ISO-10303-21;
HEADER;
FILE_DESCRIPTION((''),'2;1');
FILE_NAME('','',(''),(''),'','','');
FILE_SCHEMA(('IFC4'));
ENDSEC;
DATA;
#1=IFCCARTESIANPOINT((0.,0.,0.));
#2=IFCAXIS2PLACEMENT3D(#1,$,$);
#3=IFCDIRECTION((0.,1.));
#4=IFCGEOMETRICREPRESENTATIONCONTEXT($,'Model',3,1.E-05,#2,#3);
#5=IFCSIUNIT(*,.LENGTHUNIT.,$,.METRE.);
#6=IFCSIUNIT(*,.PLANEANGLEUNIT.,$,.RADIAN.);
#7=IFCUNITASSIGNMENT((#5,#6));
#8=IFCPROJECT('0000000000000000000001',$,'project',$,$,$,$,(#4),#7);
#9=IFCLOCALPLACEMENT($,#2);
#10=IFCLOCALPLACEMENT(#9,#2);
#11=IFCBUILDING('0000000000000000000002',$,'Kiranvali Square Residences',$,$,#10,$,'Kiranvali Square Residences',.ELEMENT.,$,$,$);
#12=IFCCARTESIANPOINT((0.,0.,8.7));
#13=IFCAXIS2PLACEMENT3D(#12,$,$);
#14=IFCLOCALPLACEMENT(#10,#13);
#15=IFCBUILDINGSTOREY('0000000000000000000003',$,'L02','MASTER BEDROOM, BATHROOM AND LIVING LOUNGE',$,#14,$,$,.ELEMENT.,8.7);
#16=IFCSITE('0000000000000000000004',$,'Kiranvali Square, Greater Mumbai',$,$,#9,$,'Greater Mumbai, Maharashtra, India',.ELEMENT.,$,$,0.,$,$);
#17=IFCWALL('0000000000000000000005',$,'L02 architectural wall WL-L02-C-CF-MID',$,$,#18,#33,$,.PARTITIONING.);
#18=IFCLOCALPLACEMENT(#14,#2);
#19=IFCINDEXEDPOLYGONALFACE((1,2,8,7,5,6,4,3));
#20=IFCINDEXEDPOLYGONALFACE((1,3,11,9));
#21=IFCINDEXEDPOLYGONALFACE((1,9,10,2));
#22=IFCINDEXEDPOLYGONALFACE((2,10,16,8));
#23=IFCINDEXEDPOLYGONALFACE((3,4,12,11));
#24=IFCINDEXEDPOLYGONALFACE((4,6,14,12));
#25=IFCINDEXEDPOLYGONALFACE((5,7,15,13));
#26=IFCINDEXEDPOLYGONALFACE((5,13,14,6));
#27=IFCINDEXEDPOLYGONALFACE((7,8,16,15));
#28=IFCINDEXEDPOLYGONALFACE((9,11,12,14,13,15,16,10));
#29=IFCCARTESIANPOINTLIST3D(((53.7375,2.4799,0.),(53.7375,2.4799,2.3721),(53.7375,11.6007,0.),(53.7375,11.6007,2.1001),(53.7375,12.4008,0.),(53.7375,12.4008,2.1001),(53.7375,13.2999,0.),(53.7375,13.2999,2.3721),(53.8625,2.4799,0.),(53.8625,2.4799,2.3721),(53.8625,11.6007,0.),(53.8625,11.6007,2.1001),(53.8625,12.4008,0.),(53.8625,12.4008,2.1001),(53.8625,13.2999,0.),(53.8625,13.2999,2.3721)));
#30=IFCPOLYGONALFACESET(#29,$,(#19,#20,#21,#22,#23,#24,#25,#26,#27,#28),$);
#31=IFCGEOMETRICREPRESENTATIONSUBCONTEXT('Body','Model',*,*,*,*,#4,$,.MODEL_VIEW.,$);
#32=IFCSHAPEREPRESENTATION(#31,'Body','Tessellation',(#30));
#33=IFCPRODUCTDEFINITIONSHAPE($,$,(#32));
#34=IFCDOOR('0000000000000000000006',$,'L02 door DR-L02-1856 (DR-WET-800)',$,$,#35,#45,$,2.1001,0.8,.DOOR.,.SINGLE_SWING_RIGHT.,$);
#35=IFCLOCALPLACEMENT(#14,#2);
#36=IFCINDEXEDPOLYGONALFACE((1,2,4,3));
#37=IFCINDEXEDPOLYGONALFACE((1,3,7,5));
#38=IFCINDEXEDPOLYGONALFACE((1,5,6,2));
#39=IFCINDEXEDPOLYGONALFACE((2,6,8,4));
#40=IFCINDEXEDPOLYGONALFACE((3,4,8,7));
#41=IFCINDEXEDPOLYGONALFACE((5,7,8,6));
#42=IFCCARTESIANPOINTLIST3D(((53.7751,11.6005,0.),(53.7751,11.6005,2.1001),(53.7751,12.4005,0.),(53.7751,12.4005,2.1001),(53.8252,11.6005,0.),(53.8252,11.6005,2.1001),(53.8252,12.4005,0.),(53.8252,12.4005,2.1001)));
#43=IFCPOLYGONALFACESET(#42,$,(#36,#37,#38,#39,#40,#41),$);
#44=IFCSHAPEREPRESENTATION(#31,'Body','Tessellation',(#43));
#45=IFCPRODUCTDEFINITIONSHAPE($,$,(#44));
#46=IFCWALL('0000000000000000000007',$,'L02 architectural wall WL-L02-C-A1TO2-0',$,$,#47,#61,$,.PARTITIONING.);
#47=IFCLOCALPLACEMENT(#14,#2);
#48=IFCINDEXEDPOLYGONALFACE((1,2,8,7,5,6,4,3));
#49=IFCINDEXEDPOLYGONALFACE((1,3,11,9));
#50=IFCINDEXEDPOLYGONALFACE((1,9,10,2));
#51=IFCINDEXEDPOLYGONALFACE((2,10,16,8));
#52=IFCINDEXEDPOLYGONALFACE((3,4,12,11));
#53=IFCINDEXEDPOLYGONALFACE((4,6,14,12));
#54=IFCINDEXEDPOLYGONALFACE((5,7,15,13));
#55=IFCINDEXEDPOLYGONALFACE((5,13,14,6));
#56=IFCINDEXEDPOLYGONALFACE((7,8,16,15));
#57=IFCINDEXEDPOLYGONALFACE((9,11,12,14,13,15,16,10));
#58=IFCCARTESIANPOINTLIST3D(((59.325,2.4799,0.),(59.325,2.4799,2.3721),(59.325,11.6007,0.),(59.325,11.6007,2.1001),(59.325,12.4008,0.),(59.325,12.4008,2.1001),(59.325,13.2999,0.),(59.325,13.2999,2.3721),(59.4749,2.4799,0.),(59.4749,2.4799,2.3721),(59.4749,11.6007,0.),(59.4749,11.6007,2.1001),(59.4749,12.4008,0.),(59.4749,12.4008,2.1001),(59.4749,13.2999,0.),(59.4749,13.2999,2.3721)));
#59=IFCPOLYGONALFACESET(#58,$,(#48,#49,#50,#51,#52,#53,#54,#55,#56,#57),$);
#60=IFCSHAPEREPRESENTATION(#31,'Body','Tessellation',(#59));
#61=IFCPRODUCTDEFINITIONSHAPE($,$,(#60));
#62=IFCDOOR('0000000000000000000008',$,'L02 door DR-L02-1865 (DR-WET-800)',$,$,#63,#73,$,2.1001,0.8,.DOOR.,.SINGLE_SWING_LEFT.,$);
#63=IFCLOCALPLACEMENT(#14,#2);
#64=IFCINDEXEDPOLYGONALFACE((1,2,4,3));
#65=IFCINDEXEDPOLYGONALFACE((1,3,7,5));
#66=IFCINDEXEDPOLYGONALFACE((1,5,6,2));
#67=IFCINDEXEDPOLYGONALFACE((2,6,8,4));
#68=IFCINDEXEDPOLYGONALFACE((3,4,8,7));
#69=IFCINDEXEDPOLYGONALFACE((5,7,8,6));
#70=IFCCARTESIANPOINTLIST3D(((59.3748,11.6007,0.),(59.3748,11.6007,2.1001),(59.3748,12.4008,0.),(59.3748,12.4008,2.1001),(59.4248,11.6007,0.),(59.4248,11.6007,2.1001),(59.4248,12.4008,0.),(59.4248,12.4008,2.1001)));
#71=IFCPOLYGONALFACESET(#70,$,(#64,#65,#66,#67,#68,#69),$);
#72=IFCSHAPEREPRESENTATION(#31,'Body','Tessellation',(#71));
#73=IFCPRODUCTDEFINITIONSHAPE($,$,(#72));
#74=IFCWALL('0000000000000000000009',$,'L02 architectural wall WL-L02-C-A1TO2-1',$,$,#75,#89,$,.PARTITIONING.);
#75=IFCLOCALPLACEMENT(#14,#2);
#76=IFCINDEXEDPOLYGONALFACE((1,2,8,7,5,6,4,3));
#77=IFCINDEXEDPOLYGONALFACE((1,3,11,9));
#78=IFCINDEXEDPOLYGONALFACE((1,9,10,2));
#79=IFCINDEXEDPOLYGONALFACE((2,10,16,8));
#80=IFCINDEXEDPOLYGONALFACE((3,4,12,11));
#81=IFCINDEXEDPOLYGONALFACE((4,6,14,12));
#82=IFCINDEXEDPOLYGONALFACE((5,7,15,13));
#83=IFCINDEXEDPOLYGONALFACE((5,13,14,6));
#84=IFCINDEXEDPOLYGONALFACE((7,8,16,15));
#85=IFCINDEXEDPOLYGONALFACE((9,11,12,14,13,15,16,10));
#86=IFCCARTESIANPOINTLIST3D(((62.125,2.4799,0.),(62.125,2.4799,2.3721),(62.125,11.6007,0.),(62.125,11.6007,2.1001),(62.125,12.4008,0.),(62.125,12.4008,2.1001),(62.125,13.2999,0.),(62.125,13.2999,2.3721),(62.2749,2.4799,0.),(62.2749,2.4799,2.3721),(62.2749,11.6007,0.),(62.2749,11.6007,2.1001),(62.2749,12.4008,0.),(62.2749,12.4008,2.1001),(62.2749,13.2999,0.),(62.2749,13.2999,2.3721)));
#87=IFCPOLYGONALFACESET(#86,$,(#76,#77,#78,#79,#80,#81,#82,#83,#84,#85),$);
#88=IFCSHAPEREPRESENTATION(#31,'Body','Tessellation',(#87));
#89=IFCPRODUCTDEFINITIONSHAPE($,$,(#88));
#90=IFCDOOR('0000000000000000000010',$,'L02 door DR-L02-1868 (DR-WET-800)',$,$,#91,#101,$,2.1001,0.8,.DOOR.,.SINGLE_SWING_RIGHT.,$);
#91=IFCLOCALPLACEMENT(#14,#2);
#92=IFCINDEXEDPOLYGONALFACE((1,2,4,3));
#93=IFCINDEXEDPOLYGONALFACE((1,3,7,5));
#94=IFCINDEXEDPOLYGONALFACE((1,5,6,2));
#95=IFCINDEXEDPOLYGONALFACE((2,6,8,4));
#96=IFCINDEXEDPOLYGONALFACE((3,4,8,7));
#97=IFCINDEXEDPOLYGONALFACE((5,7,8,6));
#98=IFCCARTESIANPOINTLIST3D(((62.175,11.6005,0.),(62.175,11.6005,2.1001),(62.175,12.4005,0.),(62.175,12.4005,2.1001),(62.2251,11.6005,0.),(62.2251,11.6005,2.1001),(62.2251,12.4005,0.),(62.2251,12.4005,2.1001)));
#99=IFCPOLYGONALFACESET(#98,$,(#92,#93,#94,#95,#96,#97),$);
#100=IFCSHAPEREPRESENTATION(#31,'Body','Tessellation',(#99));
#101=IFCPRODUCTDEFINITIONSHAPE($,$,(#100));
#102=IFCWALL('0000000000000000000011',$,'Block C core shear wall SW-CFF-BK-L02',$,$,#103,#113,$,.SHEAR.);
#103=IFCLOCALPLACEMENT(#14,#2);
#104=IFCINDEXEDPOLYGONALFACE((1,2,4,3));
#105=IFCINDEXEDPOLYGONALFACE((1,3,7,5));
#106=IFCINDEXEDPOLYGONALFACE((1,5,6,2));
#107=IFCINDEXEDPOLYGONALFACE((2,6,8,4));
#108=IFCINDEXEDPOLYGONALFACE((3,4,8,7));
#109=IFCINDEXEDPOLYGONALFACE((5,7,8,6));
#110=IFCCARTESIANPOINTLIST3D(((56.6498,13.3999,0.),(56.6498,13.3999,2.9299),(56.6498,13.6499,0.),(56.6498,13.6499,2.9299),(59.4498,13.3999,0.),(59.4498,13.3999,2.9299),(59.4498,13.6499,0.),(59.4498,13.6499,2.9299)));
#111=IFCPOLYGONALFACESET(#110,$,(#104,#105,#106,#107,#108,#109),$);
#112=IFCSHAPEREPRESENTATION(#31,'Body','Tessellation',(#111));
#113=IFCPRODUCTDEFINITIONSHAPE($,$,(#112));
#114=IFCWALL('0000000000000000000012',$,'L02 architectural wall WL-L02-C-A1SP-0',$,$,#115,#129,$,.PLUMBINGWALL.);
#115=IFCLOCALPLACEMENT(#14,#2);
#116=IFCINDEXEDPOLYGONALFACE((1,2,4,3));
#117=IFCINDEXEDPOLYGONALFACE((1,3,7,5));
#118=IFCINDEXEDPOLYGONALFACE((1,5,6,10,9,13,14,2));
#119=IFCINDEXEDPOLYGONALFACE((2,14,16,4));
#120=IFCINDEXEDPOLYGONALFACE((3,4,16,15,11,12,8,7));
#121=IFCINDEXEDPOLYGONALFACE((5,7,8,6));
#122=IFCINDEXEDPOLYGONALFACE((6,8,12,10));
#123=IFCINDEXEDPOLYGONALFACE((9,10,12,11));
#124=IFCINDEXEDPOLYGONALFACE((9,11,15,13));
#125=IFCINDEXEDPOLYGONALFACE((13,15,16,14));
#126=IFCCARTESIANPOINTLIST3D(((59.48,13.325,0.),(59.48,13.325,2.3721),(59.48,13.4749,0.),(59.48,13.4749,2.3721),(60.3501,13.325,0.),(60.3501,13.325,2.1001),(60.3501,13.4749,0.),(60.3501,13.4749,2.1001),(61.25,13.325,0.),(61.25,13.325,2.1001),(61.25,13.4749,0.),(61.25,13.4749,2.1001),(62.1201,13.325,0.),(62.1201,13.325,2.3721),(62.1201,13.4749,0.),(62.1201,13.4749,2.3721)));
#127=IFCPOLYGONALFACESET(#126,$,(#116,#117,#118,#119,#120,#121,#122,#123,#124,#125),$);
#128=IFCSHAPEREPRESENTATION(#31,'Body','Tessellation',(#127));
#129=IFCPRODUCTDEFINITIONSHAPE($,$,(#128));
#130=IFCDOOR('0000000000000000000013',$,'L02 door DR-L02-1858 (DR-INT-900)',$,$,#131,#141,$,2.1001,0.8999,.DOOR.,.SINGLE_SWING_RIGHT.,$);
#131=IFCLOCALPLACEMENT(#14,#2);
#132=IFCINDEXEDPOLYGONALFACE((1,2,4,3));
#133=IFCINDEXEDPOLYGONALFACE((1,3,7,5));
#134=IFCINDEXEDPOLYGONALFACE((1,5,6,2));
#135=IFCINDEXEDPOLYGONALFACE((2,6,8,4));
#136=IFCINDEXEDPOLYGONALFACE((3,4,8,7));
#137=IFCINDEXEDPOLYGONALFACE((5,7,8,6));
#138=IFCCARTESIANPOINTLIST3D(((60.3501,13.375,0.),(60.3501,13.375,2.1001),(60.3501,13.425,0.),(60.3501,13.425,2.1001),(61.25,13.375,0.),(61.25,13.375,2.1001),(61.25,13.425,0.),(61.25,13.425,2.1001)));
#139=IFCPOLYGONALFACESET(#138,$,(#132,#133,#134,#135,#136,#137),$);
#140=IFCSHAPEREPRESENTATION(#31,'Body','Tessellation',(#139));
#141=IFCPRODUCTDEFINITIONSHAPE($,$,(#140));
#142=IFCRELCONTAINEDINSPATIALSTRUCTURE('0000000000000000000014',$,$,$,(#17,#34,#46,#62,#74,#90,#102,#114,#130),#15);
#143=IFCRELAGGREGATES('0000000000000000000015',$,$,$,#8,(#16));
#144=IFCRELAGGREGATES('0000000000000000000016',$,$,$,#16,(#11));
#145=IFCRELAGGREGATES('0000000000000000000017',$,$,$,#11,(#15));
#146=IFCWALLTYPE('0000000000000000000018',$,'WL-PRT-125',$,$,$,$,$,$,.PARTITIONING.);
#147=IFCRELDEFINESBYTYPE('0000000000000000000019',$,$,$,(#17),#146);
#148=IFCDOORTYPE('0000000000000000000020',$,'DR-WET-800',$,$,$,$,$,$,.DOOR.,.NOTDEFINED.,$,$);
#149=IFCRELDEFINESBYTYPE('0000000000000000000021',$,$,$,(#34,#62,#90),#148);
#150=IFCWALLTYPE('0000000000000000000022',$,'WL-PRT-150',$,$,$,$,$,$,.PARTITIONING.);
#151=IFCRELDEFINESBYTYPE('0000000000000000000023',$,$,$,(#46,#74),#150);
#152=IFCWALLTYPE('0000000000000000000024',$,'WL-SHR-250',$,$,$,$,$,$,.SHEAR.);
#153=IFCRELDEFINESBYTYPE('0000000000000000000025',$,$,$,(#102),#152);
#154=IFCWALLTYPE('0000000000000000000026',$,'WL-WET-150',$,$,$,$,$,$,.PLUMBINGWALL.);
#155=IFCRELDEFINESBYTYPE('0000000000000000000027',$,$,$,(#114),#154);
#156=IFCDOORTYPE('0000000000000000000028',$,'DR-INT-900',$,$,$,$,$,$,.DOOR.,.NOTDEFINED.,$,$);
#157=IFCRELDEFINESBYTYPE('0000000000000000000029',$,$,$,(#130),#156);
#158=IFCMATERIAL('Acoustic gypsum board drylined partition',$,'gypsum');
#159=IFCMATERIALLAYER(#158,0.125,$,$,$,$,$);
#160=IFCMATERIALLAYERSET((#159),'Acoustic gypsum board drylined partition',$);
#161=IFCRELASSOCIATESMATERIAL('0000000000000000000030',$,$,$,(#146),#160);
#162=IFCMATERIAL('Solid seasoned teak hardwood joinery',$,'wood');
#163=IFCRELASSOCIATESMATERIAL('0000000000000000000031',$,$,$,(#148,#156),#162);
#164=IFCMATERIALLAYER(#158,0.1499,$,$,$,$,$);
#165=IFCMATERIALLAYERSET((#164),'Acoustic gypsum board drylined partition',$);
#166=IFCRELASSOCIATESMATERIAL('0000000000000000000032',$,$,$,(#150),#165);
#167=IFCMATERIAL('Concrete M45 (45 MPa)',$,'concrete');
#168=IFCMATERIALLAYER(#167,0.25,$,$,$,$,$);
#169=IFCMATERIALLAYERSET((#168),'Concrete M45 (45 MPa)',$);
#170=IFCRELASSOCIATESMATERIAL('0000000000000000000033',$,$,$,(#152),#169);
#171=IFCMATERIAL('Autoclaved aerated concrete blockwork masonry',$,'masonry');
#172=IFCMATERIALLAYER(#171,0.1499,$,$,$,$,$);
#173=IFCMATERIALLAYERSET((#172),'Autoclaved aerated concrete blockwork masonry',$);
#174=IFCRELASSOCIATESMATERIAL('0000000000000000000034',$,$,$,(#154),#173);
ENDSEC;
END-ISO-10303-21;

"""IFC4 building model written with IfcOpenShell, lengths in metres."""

from ifc_helpers import new_model, si_unit, direction, frame, frame_2d, origin, place, context, subcontext, project, spatial, rectangle, extrude, material, layer, layer_set, type_object, element, fill, save


model = new_model("IFC4")

# Units and contexts
model_context = context("Model", 3, precision=1e-05, world=origin(), true_north=direction((0.0, 1.0)))
body_context = subcontext(model_context, "Body", "Model", "MODEL_VIEW")
ifc_project = project(units=[si_unit("LENGTHUNIT", "METRE"), si_unit("PLANEANGLEUNIT", "RADIAN")], contexts=[model_context])

# Site, building, storey
site_placement = place(None, origin())
site = spatial("IfcSite", under=ifc_project, at=site_placement, Name="Kiranvali Square, Greater Mumbai", LongName="Greater Mumbai, Maharashtra, India", CompositionType="ELEMENT", RefElevation=0.0)
building_placement = place(site_placement, origin())
building = spatial("IfcBuilding", under=site, at=building_placement, Name="Kiranvali Square Residences", LongName="Kiranvali Square Residences", CompositionType="ELEMENT")
storey_placement = place(building_placement, frame((0.0, 0.0, 8.7)))
storey = spatial("IfcBuildingStorey", under=building, at=storey_placement, Name="L02", Description="MASTER BEDROOM, BATHROOM AND LIVING LOUNGE", CompositionType="ELEMENT", Elevation=8.7)

# Shared definitions
ifc_material_1 = material(Name="Concrete M45 (45 MPa)", Category="concrete")

# Walls, openings, doors
ifc_material_2 = material(Name="Acoustic gypsum board drylined partition", Category="gypsum")
ifc_layer_1 = layer(ifc_material_2, 0.125)
ifc_layer_set_1 = layer_set([ifc_layer_1], Name="Acoustic gypsum board drylined partition")
wall_type_1 = type_object("IfcWallType", Name="WL-PRT-125", PredefinedType="PARTITIONING", material=ifc_layer_set_1)
wall_1_placement = place(storey_placement, frame((53.8, 13.3, 0.0), z_axis=(0.0, 0.0, 1.0), x_axis=(0.0, -1.0, 0.0)))
wall_1 = element("IfcWall", 1, at=wall_1_placement, inside=storey, type_object=wall_type_1, Name="L02 architectural wall WL-L02-C-CF-MID", PredefinedType="PARTITIONING", context=body_context, shape_type="SweptSolid", body=[
    extrude(rectangle(XDim=10.8201, YDim=0.125, at=frame_2d((5.4102, 0.0))), origin(), (0.0, 0.0, 1.0), 2.3721),
])
opening_1_placement = place(wall_1_placement, frame((0.8994, 0.0, 0.0)))
opening_1 = element("IfcOpeningElement", 2, at=opening_1_placement, cuts=wall_1, PredefinedType="OPENING", context=body_context, shape_type="SweptSolid", body=[
    extrude(rectangle(XDim=0.8, YDim=2.1001, at=frame_2d((0.3999, 1.05))), frame((0.0, 0.0725, 0.0), z_axis=(0.0, -1.0, 0.0), x_axis=(1.0, 0.0, 0.0)), (0.0, 0.0, 1.0), 0.145),
])
ifc_material_3 = material(Name="Solid seasoned teak hardwood joinery", Category="wood")
door_type_1 = type_object("IfcDoorType", Name="DR-WET-800", OperationType="NOTDEFINED", PredefinedType="DOOR", material=ifc_material_3)
door_1_placement = place(opening_1_placement, frame((0.8, 0.0, 0.0), z_axis=(0.0, 0.0, 1.0), x_axis=(-1.0, 0.0, 0.0)))
door_1 = element("IfcDoor", 3, at=door_1_placement, inside=storey, type_object=door_type_1, Name="L02 door DR-L02-1856 (DR-WET-800)", OperationType="SINGLE_SWING_RIGHT", OverallHeight=2.1001, OverallWidth=0.8, PredefinedType="DOOR", context=body_context, shape_type="SweptSolid", body=[
    extrude(rectangle(XDim=0.8, YDim=2.1001, at=frame_2d((0.3999, 1.05))), frame((0.0, 0.0249, 0.0), z_axis=(0.0, -1.0, 0.0), x_axis=(1.0, 0.0, 0.0)), (0.0, 0.0, 1.0), 0.05),
])
fill(opening_1, door_1)
ifc_layer_2 = layer(ifc_material_2, 0.1499)
ifc_layer_set_2 = layer_set([ifc_layer_2], Name="Acoustic gypsum board drylined partition")
wall_type_2 = type_object("IfcWallType", Name="WL-PRT-150", PredefinedType="PARTITIONING", material=ifc_layer_set_2)
wall_2_placement = place(storey_placement, frame((59.3999, 13.3, 0.0), z_axis=(0.0, 0.0, 1.0), x_axis=(0.0, -1.0, 0.0)))
wall_2 = element("IfcWall", 4, at=wall_2_placement, inside=storey, type_object=wall_type_2, Name="L02 architectural wall WL-L02-C-A1TO2-0", PredefinedType="PARTITIONING", context=body_context, shape_type="SweptSolid", body=[
    extrude(rectangle(XDim=10.8201, YDim=0.1499, at=frame_2d((5.4102, 0.0))), origin(), (0.0, 0.0, 1.0), 2.3721),
])
opening_2_placement = place(wall_2_placement, frame((0.8994, 0.0, 0.0)))
opening_2 = element("IfcOpeningElement", 5, at=opening_2_placement, cuts=wall_2, PredefinedType="OPENING", context=body_context, shape_type="SweptSolid", body=[
    extrude(rectangle(XDim=0.8, YDim=2.1001, at=frame_2d((0.3999, 1.05))), frame((0.0, 0.085, 0.0), z_axis=(0.0, -1.0, 0.0), x_axis=(1.0, 0.0, 0.0)), (0.0, 0.0, 1.0), 0.1699),
])
door_2_placement = place(opening_2_placement, origin())
door_2 = element("IfcDoor", 6, at=door_2_placement, inside=storey, type_object=door_type_1, Name="L02 door DR-L02-1865 (DR-WET-800)", OperationType="SINGLE_SWING_LEFT", OverallHeight=2.1001, OverallWidth=0.8, PredefinedType="DOOR", context=body_context, shape_type="SweptSolid", body=[
    extrude(rectangle(XDim=0.8, YDim=2.1001, at=frame_2d((0.3999, 1.05))), frame((0.0, 0.0249, 0.0), z_axis=(0.0, -1.0, 0.0), x_axis=(1.0, 0.0, 0.0)), (0.0, 0.0, 1.0), 0.05),
])
fill(opening_2, door_2)
wall_3_placement = place(storey_placement, frame((62.2, 13.3, 0.0), z_axis=(0.0, 0.0, 1.0), x_axis=(0.0, -1.0, 0.0)))
wall_3 = element("IfcWall", 7, at=wall_3_placement, inside=storey, type_object=wall_type_2, Name="L02 architectural wall WL-L02-C-A1TO2-1", PredefinedType="PARTITIONING", context=body_context, shape_type="SweptSolid", body=[
    extrude(rectangle(XDim=10.8201, YDim=0.1499, at=frame_2d((5.4102, 0.0))), origin(), (0.0, 0.0, 1.0), 2.3721),
])
opening_3_placement = place(wall_3_placement, frame((0.8994, 0.0, 0.0)))
opening_3 = element("IfcOpeningElement", 8, at=opening_3_placement, cuts=wall_3, PredefinedType="OPENING", context=body_context, shape_type="SweptSolid", body=[
    extrude(rectangle(XDim=0.8, YDim=2.1001, at=frame_2d((0.3999, 1.05))), frame((0.0, 0.085, 0.0), z_axis=(0.0, -1.0, 0.0), x_axis=(1.0, 0.0, 0.0)), (0.0, 0.0, 1.0), 0.1699),
])
door_3_placement = place(opening_3_placement, frame((0.8, 0.0, 0.0), z_axis=(0.0, 0.0, 1.0), x_axis=(-1.0, 0.0, 0.0)))
door_3 = element("IfcDoor", 9, at=door_3_placement, inside=storey, type_object=door_type_1, Name="L02 door DR-L02-1868 (DR-WET-800)", OperationType="SINGLE_SWING_RIGHT", OverallHeight=2.1001, OverallWidth=0.8, PredefinedType="DOOR", context=body_context, shape_type="SweptSolid", body=[
    extrude(rectangle(XDim=0.8, YDim=2.1001, at=frame_2d((0.3999, 1.05))), frame((0.0, 0.0249, 0.0), z_axis=(0.0, -1.0, 0.0), x_axis=(1.0, 0.0, 0.0)), (0.0, 0.0, 1.0), 0.05),
])
fill(opening_3, door_3)

# Wall
ifc_layer_3 = layer(ifc_material_1, 0.25)
ifc_layer_set_3 = layer_set([ifc_layer_3], Name="Concrete M45 (45 MPa)")
wall_type_3 = type_object("IfcWallType", Name="WL-SHR-250", PredefinedType="SHEAR", material=ifc_layer_set_3)
wall_4_placement = place(storey_placement, frame((56.6499, 13.5249, 0.0), z_axis=(0.0, 0.0, 1.0), x_axis=(1.0, 0.0, 0.0)))
element("IfcWall", 10, at=wall_4_placement, inside=storey, type_object=wall_type_3, Name="Block C core shear wall SW-CFF-BK-L02", PredefinedType="SHEAR", context=body_context, shape_type="SweptSolid", body=[
    extrude(rectangle(XDim=2.8, YDim=0.25, at=frame_2d((1.3999, 0.0))), origin(), (0.0, 0.0, 1.0), 2.9299),
])

# Wall, opening, door
ifc_material_4 = material(Name="Autoclaved aerated concrete blockwork masonry", Category="masonry")
ifc_layer_4 = layer(ifc_material_4, 0.1499)
ifc_layer_set_4 = layer_set([ifc_layer_4], Name="Autoclaved aerated concrete blockwork masonry")
wall_type_4 = type_object("IfcWallType", Name="WL-WET-150", PredefinedType="PLUMBINGWALL", material=ifc_layer_set_4)
wall_5_placement = place(storey_placement, frame((59.48, 13.3999, 0.0), z_axis=(0.0, 0.0, 1.0), x_axis=(1.0, 0.0, 0.0)))
wall_5 = element("IfcWall", 11, at=wall_5_placement, inside=storey, type_object=wall_type_4, Name="L02 architectural wall WL-L02-C-A1SP-0", PredefinedType="PLUMBINGWALL", context=body_context, shape_type="SweptSolid", body=[
    extrude(rectangle(XDim=2.6401, YDim=0.1499, at=frame_2d((1.3201, 0.0))), origin(), (0.0, 0.0, 1.0), 2.3721),
])
opening_4_placement = place(wall_5_placement, frame((0.8701, 0.0, 0.0)))
opening_4 = element("IfcOpeningElement", 12, at=opening_4_placement, cuts=wall_5, PredefinedType="OPENING", context=body_context, shape_type="SweptSolid", body=[
    extrude(rectangle(XDim=0.8999, YDim=2.1001, at=frame_2d((0.45, 1.05))), frame((0.0, 0.085, 0.0), z_axis=(0.0, -1.0, 0.0), x_axis=(1.0, 0.0, 0.0)), (0.0, 0.0, 1.0), 0.1699),
])
door_type_2 = type_object("IfcDoorType", Name="DR-INT-900", OperationType="NOTDEFINED", PredefinedType="DOOR", material=ifc_material_3)
door_4_placement = place(opening_4_placement, frame((0.8999, 0.0, 0.0), z_axis=(0.0, 0.0, 1.0), x_axis=(-1.0, 0.0, 0.0)))
door_4 = element("IfcDoor", 13, at=door_4_placement, inside=storey, type_object=door_type_2, Name="L02 door DR-L02-1858 (DR-INT-900)", OperationType="SINGLE_SWING_RIGHT", OverallHeight=2.1001, OverallWidth=0.8999, PredefinedType="DOOR", context=body_context, shape_type="SweptSolid", body=[
    extrude(rectangle(XDim=0.8999, YDim=2.1001, at=frame_2d((0.45, 1.05))), frame((0.0, 0.0249, 0.0), z_axis=(0.0, -1.0, 0.0), x_axis=(1.0, 0.0, 0.0)), (0.0, 0.0, 1.0), 0.05),
])
fill(opening_4, door_4)

save(model, "model.ifc")
